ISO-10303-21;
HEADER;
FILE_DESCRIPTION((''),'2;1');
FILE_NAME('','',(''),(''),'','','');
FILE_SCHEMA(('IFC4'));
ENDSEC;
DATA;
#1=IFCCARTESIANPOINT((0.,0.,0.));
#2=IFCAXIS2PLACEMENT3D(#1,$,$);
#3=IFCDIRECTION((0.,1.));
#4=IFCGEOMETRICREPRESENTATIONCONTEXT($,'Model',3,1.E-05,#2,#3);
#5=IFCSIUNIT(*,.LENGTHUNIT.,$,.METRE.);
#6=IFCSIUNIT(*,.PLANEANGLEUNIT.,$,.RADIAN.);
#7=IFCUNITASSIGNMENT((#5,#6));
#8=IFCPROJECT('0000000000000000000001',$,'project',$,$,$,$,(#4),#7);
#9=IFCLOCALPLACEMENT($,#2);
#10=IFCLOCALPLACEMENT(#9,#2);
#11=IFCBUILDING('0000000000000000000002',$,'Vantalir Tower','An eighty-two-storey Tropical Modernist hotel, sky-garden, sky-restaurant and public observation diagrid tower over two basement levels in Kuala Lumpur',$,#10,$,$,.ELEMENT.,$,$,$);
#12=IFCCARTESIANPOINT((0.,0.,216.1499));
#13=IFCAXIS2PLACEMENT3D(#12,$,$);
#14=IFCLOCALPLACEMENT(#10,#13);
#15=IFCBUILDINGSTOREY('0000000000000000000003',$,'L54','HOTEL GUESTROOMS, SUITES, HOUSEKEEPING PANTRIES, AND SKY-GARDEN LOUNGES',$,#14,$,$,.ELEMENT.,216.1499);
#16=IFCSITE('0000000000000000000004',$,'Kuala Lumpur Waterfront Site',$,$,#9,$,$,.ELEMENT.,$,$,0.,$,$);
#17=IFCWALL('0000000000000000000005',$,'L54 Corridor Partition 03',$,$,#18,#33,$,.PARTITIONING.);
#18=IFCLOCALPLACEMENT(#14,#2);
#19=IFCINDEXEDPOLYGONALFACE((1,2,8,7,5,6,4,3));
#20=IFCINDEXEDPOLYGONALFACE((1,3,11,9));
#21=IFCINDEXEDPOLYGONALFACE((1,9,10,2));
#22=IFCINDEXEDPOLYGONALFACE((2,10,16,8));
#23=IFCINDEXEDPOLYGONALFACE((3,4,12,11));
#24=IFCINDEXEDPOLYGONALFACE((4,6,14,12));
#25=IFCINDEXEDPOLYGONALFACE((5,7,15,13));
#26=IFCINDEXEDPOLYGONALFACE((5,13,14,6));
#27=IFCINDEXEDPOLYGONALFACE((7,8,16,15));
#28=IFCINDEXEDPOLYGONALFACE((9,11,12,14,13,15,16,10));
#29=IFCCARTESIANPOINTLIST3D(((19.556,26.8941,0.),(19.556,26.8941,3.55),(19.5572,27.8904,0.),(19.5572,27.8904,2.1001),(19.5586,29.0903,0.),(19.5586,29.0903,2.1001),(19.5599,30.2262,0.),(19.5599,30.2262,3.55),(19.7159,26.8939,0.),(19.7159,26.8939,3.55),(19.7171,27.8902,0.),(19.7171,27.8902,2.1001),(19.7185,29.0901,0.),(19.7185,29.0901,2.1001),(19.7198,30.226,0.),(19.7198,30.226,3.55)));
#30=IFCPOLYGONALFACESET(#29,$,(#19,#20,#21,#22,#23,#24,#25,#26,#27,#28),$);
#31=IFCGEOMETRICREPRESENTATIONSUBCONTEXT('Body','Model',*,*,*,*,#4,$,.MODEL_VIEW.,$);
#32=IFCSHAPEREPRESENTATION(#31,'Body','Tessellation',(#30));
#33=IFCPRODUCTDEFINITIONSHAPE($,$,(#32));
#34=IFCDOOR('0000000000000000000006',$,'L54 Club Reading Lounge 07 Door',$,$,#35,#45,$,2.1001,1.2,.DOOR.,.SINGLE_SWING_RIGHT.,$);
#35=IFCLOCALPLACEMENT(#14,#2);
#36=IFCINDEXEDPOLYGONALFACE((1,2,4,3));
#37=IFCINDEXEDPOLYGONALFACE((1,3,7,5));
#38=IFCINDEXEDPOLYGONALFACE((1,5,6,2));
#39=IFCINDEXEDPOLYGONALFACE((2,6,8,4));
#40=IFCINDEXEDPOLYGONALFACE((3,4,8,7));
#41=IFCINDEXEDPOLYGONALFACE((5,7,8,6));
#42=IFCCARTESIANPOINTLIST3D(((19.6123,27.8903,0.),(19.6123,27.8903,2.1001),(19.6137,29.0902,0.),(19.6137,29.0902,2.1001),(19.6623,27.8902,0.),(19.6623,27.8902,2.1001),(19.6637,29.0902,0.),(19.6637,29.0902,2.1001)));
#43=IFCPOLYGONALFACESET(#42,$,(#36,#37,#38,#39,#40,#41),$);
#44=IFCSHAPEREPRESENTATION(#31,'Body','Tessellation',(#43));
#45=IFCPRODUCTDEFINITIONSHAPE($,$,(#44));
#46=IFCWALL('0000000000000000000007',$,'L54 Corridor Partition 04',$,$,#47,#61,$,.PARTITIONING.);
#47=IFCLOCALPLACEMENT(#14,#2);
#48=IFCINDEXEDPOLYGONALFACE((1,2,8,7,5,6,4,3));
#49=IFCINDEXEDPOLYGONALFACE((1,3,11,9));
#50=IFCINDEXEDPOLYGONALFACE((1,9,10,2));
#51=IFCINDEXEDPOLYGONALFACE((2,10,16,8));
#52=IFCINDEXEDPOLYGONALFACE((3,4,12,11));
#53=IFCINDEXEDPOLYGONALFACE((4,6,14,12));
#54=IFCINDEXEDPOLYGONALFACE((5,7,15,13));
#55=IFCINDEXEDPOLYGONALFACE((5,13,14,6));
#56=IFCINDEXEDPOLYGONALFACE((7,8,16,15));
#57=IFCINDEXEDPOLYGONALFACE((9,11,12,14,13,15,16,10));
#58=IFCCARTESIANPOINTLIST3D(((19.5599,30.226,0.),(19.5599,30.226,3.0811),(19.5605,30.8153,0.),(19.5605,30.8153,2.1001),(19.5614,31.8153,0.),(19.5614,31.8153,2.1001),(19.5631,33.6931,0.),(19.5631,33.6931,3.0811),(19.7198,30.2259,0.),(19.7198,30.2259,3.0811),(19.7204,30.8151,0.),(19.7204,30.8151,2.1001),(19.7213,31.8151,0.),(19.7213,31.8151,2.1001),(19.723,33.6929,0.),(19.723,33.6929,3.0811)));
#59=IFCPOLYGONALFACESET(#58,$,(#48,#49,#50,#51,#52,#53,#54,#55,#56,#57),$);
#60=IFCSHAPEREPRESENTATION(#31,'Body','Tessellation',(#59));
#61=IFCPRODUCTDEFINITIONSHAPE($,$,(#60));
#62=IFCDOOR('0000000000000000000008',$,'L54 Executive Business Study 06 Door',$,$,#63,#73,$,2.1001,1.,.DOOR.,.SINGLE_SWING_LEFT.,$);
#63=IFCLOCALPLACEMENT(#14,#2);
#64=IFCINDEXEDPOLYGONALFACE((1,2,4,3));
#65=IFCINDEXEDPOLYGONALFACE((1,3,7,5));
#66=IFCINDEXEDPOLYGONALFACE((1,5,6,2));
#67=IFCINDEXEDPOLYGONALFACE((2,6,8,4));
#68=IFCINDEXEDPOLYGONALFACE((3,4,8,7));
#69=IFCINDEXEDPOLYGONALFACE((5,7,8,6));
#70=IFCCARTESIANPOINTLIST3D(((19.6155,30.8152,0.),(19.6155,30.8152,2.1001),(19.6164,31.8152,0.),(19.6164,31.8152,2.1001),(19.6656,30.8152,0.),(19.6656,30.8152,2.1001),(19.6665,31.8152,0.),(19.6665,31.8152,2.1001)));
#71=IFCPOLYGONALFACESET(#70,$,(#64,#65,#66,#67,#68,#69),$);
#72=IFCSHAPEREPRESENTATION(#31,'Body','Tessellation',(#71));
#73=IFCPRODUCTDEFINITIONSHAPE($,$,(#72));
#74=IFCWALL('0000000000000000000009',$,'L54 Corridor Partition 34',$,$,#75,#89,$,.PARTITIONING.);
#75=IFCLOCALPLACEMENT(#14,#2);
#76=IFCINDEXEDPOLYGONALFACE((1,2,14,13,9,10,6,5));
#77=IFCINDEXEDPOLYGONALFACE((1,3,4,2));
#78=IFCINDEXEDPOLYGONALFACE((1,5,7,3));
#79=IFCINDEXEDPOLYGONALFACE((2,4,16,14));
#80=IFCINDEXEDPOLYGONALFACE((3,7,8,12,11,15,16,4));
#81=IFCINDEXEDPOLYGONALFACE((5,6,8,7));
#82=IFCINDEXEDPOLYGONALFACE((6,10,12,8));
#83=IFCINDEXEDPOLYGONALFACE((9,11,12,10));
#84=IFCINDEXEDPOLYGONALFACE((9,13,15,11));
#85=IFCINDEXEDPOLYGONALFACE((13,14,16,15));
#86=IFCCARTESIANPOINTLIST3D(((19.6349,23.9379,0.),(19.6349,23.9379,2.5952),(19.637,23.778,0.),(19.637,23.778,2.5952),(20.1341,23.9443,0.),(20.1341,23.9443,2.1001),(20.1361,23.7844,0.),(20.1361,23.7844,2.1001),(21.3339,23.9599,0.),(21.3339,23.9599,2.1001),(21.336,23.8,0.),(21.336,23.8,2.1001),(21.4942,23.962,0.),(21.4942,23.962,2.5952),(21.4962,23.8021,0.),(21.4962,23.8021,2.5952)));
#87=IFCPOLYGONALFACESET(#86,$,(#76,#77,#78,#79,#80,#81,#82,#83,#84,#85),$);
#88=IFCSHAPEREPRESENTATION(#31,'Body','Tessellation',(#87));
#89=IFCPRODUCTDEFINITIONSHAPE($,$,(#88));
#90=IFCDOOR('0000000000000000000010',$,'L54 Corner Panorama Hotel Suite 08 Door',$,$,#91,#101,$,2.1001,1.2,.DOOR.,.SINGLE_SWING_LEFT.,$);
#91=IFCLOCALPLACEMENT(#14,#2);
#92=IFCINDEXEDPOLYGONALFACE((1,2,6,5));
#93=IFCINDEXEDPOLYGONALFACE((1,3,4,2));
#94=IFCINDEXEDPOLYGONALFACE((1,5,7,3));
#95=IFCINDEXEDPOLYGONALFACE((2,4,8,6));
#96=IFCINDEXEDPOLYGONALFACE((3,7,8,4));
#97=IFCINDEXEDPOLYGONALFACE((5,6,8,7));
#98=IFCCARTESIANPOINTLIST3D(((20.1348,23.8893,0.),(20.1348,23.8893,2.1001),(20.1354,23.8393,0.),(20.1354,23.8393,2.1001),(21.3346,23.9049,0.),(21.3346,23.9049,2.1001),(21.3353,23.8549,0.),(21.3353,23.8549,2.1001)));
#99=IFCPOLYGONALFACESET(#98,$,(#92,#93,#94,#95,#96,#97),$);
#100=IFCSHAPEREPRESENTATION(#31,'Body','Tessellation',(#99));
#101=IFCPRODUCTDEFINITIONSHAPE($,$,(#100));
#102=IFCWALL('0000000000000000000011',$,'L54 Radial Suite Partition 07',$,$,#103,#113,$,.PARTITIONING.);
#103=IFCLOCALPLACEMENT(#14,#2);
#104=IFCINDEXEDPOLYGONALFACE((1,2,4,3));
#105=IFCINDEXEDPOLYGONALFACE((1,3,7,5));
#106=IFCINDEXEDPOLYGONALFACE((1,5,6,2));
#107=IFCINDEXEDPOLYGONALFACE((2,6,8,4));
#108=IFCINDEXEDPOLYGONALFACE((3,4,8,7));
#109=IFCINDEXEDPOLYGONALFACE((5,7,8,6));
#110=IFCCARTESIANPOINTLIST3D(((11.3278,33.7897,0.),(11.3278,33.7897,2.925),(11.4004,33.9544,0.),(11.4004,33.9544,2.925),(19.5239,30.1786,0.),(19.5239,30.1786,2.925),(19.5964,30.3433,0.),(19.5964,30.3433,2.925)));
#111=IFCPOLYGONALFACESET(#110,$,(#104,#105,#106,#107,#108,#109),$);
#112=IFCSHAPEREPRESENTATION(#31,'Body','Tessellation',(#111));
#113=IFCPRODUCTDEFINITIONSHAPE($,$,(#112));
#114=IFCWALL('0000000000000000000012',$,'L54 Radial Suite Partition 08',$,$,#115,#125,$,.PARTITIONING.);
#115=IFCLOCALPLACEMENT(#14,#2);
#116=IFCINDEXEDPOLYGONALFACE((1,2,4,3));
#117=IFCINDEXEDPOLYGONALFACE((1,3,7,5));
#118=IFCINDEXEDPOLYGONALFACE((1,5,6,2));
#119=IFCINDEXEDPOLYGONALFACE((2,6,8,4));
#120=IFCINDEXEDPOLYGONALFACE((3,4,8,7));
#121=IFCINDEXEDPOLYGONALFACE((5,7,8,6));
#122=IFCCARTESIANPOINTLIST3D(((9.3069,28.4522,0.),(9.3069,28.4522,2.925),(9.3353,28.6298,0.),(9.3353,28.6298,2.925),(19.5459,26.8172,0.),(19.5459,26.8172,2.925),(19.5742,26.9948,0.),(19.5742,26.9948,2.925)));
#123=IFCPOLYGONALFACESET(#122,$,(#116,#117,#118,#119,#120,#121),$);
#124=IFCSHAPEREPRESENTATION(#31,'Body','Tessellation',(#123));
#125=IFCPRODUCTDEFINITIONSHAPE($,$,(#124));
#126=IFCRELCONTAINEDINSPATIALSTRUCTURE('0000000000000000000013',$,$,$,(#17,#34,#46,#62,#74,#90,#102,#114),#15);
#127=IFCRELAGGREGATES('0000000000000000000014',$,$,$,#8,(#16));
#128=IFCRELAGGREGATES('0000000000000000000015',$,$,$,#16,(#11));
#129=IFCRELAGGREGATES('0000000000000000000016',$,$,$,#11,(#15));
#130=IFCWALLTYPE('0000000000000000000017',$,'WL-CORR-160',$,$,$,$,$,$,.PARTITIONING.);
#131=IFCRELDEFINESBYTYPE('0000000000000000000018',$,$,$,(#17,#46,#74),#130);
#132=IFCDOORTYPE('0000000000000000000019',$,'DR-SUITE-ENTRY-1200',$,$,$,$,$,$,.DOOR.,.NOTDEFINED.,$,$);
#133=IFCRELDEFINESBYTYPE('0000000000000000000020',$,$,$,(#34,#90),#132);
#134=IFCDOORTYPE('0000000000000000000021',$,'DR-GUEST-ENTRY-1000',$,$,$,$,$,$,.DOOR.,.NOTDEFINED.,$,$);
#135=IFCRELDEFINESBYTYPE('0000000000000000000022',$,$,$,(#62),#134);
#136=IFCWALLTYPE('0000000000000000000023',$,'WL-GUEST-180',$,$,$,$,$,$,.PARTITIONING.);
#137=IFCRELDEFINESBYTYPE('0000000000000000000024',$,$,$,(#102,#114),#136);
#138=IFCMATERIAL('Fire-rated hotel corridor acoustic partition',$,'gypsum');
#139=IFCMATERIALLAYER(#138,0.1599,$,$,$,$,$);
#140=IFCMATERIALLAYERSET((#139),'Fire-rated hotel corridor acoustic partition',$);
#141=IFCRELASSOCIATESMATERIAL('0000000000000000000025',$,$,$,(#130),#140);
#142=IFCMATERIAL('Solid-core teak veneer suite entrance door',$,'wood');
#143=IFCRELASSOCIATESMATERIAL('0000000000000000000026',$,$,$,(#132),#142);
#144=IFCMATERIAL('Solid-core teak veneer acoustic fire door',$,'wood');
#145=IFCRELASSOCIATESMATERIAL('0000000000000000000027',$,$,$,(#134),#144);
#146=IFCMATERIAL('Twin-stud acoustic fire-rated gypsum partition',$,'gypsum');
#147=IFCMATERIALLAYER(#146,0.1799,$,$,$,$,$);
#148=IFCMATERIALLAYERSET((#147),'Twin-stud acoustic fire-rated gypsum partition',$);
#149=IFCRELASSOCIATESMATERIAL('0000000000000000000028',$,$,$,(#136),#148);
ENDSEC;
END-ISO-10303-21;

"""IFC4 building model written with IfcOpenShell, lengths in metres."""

from ifc_helpers import new_model, si_unit, direction, frame, frame_2d, origin, place, context, subcontext, project, spatial, rectangle, extrude, material, layer, layer_set, type_object, element, fill, save


model = new_model("IFC4")

# Units and contexts
model_context = context("Model", 3, precision=1e-05, world=origin(), true_north=direction((0.0, 1.0)))
body_context = subcontext(model_context, "Body", "Model", "MODEL_VIEW")
ifc_project = project(units=[si_unit("LENGTHUNIT", "METRE"), si_unit("PLANEANGLEUNIT", "RADIAN")], contexts=[model_context])

# Site, building, storey
site_placement = place(None, origin())
site = spatial("IfcSite", under=ifc_project, at=site_placement, Name="Kuala Lumpur Waterfront Site", CompositionType="ELEMENT", RefElevation=0.0)
building_placement = place(site_placement, origin())
building = spatial("IfcBuilding", under=site, at=building_placement, Name="Vantalir Tower", Description="An eighty-two-storey Tropical Modernist hotel, sky-garden, sky-restaurant and public observation diagrid tower over two basement levels in Kuala Lumpur", CompositionType="ELEMENT")
storey_placement = place(building_placement, frame((0.0, 0.0, 216.1499)))
storey = spatial("IfcBuildingStorey", under=building, at=storey_placement, Name="L54", Description="HOTEL GUESTROOMS, SUITES, HOUSEKEEPING PANTRIES, AND SKY-GARDEN LOUNGES", CompositionType="ELEMENT", Elevation=216.1499)

# Shared definitions
ifc_material_1 = material(Name="Fire-rated hotel corridor acoustic partition", Category="gypsum")
ifc_layer_1 = layer(ifc_material_1, 0.1599)
ifc_layer_set_1 = layer_set([ifc_layer_1], Name="Fire-rated hotel corridor acoustic partition")
wall_type_1 = type_object("IfcWallType", Name="WL-CORR-160", PredefinedType="PARTITIONING", material=ifc_layer_set_1)

# Walls, openings, doors
wall_1_placement = place(storey_placement, frame((19.636, 26.894, 0.0), z_axis=(0.0, 0.0, 1.0), x_axis=(0.001172, 0.999999, 0.0)))
wall_1 = element("IfcWall", 1, at=wall_1_placement, inside=storey, type_object=wall_type_1, Name="L54 Corridor Partition 03", PredefinedType="PARTITIONING", context=body_context, shape_type="SweptSolid", body=[
    extrude(rectangle(XDim=3.332, YDim=0.1599, at=frame_2d((1.666, 0.0))), origin(), (0.0, 0.0, 1.0), 3.55),
])
opening_1_placement = place(wall_1_placement, frame((0.9961, 0.0, 0.0)))
opening_1 = element("IfcOpeningElement", 2, at=opening_1_placement, cuts=wall_1, PredefinedType="OPENING", context=body_context, shape_type="SweptSolid", body=[
    extrude(rectangle(XDim=1.2, YDim=2.1001, at=frame_2d((0.6001, 1.05))), frame((0.0, 0.0898, 0.0), z_axis=(0.0, -1.0, 0.0), x_axis=(1.0, 0.0, 0.0)), (0.0, 0.0, 1.0), 0.1799),
])
ifc_material_2 = material(Name="Solid-core teak veneer suite entrance door", Category="wood")
door_type_1 = type_object("IfcDoorType", Name="DR-SUITE-ENTRY-1200", OperationType="NOTDEFINED", PredefinedType="DOOR", material=ifc_material_2)
door_1_placement = place(opening_1_placement, origin())
door_1 = element("IfcDoor", 3, at=door_1_placement, inside=storey, type_object=door_type_1, Name="L54 Club Reading Lounge 07 Door", OperationType="SINGLE_SWING_RIGHT", OverallHeight=2.1001, OverallWidth=1.2, PredefinedType="DOOR", context=body_context, shape_type="SweptSolid", body=[
    extrude(rectangle(XDim=1.2, YDim=2.1001, at=frame_2d((0.6001, 1.05))), frame((0.0, 0.0249, 0.0), z_axis=(0.0, -1.0, 0.0), x_axis=(1.0, 0.0, 0.0)), (0.0, 0.0, 1.0), 0.05),
])
fill(opening_1, door_1)
wall_2_placement = place(storey_placement, frame((19.6399, 30.2261, 0.0), z_axis=(0.0, 0.0, 1.0), x_axis=(0.000915, 1.0, 0.0)))
wall_2 = element("IfcWall", 4, at=wall_2_placement, inside=storey, type_object=wall_type_1, Name="L54 Corridor Partition 04", PredefinedType="PARTITIONING", context=body_context, shape_type="SweptSolid", body=[
    extrude(rectangle(XDim=3.467, YDim=0.1599, at=frame_2d((1.7334, 0.0))), origin(), (0.0, 0.0, 1.0), 3.0811),
])
opening_2_placement = place(wall_2_placement, frame((0.5891, 0.0, 0.0)))
opening_2 = element("IfcOpeningElement", 5, at=opening_2_placement, cuts=wall_2, PredefinedType="OPENING", context=body_context, shape_type="SweptSolid", body=[
    extrude(rectangle(XDim=1.0, YDim=2.1001, at=frame_2d((0.5, 1.05))), frame((0.0, 0.0898, 0.0), z_axis=(0.0, -1.0, 0.0), x_axis=(1.0, 0.0, 0.0)), (0.0, 0.0, 1.0), 0.1799),
])
ifc_material_3 = material(Name="Solid-core teak veneer acoustic fire door", Category="wood")
door_type_2 = type_object("IfcDoorType", Name="DR-GUEST-ENTRY-1000", OperationType="NOTDEFINED", PredefinedType="DOOR", material=ifc_material_3)
door_2_placement = place(opening_2_placement, origin())
door_2 = element("IfcDoor", 6, at=door_2_placement, inside=storey, type_object=door_type_2, Name="L54 Executive Business Study 06 Door", OperationType="SINGLE_SWING_LEFT", OverallHeight=2.1001, OverallWidth=1.0, PredefinedType="DOOR", context=body_context, shape_type="SweptSolid", body=[
    extrude(rectangle(XDim=1.0, YDim=2.1001, at=frame_2d((0.5, 1.05))), frame((0.0, 0.0249, 0.0), z_axis=(0.0, -1.0, 0.0), x_axis=(1.0, 0.0, 0.0)), (0.0, 0.0, 1.0), 0.05),
])
fill(opening_2, door_2)
wall_3_placement = place(storey_placement, frame((19.636, 23.8579, 0.0), z_axis=(0.0, 0.0, 1.0), x_axis=(0.999916, 0.013, 0.0)))
wall_3 = element("IfcWall", 7, at=wall_3_placement, inside=storey, type_object=wall_type_1, Name="L54 Corridor Partition 34", PredefinedType="PARTITIONING", context=body_context, shape_type="SweptSolid", body=[
    extrude(rectangle(XDim=1.8594, YDim=0.1599, at=frame_2d((0.9297, 0.0))), origin(), (0.0, 0.0, 1.0), 2.5952),
])
opening_3_placement = place(wall_3_placement, frame((0.499, 0.0, 0.0)))
opening_3 = element("IfcOpeningElement", 8, at=opening_3_placement, cuts=wall_3, PredefinedType="OPENING", context=body_context, shape_type="SweptSolid", body=[
    extrude(rectangle(XDim=1.2, YDim=2.1001, at=frame_2d((0.6001, 1.05))), frame((0.0, 0.0898, 0.0), z_axis=(0.0, -1.0, 0.0), x_axis=(1.0, 0.0, 0.0)), (0.0, 0.0, 1.0), 0.1799),
])
door_3_placement = place(opening_3_placement, origin())
door_3 = element("IfcDoor", 9, at=door_3_placement, inside=storey, type_object=door_type_1, Name="L54 Corner Panorama Hotel Suite 08 Door", OperationType="SINGLE_SWING_LEFT", OverallHeight=2.1001, OverallWidth=1.2, PredefinedType="DOOR", context=body_context, shape_type="SweptSolid", body=[
    extrude(rectangle(XDim=1.2, YDim=2.1001, at=frame_2d((0.6001, 1.05))), frame((0.0, 0.0249, 0.0), z_axis=(0.0, -1.0, 0.0), x_axis=(1.0, 0.0, 0.0)), (0.0, 0.0, 1.0), 0.05),
])
fill(opening_3, door_3)

# Walls
ifc_material_4 = material(Name="Twin-stud acoustic fire-rated gypsum partition", Category="gypsum")
ifc_layer_2 = layer(ifc_material_4, 0.1799)
ifc_layer_set_2 = layer_set([ifc_layer_2], Name="Twin-stud acoustic fire-rated gypsum partition")
wall_type_2 = type_object("IfcWallType", Name="WL-GUEST-180", PredefinedType="PARTITIONING", material=ifc_layer_set_2)
wall_4_placement = place(storey_placement, frame((19.5601, 30.261, 0.0), z_axis=(0.0, 0.0, 1.0), x_axis=(-0.915116, 0.40319, 0.0)))
element("IfcWall", 10, at=wall_4_placement, inside=storey, type_object=wall_type_2, Name="L54 Radial Suite Partition 07", PredefinedType="PARTITIONING", context=body_context, shape_type="SweptSolid", body=[
    extrude(rectangle(XDim=8.9563, YDim=0.1799, at=frame_2d((4.478, 0.0))), origin(), (0.0, 0.0, 1.0), 2.925),
])
wall_5_placement = place(storey_placement, frame((19.5601, 26.906, 0.0), z_axis=(0.0, 0.0, 1.0), x_axis=(-0.987489, 0.157687, 0.0)))
element("IfcWall", 11, at=wall_5_placement, inside=storey, type_object=wall_type_2, Name="L54 Radial Suite Partition 08", PredefinedType="PARTITIONING", context=body_context, shape_type="SweptSolid", body=[
    extrude(rectangle(XDim=10.3687, YDim=0.1799, at=frame_2d((5.1843, 0.0))), origin(), (0.0, 0.0, 1.0), 2.925),
])

save(model, "model.ifc")
